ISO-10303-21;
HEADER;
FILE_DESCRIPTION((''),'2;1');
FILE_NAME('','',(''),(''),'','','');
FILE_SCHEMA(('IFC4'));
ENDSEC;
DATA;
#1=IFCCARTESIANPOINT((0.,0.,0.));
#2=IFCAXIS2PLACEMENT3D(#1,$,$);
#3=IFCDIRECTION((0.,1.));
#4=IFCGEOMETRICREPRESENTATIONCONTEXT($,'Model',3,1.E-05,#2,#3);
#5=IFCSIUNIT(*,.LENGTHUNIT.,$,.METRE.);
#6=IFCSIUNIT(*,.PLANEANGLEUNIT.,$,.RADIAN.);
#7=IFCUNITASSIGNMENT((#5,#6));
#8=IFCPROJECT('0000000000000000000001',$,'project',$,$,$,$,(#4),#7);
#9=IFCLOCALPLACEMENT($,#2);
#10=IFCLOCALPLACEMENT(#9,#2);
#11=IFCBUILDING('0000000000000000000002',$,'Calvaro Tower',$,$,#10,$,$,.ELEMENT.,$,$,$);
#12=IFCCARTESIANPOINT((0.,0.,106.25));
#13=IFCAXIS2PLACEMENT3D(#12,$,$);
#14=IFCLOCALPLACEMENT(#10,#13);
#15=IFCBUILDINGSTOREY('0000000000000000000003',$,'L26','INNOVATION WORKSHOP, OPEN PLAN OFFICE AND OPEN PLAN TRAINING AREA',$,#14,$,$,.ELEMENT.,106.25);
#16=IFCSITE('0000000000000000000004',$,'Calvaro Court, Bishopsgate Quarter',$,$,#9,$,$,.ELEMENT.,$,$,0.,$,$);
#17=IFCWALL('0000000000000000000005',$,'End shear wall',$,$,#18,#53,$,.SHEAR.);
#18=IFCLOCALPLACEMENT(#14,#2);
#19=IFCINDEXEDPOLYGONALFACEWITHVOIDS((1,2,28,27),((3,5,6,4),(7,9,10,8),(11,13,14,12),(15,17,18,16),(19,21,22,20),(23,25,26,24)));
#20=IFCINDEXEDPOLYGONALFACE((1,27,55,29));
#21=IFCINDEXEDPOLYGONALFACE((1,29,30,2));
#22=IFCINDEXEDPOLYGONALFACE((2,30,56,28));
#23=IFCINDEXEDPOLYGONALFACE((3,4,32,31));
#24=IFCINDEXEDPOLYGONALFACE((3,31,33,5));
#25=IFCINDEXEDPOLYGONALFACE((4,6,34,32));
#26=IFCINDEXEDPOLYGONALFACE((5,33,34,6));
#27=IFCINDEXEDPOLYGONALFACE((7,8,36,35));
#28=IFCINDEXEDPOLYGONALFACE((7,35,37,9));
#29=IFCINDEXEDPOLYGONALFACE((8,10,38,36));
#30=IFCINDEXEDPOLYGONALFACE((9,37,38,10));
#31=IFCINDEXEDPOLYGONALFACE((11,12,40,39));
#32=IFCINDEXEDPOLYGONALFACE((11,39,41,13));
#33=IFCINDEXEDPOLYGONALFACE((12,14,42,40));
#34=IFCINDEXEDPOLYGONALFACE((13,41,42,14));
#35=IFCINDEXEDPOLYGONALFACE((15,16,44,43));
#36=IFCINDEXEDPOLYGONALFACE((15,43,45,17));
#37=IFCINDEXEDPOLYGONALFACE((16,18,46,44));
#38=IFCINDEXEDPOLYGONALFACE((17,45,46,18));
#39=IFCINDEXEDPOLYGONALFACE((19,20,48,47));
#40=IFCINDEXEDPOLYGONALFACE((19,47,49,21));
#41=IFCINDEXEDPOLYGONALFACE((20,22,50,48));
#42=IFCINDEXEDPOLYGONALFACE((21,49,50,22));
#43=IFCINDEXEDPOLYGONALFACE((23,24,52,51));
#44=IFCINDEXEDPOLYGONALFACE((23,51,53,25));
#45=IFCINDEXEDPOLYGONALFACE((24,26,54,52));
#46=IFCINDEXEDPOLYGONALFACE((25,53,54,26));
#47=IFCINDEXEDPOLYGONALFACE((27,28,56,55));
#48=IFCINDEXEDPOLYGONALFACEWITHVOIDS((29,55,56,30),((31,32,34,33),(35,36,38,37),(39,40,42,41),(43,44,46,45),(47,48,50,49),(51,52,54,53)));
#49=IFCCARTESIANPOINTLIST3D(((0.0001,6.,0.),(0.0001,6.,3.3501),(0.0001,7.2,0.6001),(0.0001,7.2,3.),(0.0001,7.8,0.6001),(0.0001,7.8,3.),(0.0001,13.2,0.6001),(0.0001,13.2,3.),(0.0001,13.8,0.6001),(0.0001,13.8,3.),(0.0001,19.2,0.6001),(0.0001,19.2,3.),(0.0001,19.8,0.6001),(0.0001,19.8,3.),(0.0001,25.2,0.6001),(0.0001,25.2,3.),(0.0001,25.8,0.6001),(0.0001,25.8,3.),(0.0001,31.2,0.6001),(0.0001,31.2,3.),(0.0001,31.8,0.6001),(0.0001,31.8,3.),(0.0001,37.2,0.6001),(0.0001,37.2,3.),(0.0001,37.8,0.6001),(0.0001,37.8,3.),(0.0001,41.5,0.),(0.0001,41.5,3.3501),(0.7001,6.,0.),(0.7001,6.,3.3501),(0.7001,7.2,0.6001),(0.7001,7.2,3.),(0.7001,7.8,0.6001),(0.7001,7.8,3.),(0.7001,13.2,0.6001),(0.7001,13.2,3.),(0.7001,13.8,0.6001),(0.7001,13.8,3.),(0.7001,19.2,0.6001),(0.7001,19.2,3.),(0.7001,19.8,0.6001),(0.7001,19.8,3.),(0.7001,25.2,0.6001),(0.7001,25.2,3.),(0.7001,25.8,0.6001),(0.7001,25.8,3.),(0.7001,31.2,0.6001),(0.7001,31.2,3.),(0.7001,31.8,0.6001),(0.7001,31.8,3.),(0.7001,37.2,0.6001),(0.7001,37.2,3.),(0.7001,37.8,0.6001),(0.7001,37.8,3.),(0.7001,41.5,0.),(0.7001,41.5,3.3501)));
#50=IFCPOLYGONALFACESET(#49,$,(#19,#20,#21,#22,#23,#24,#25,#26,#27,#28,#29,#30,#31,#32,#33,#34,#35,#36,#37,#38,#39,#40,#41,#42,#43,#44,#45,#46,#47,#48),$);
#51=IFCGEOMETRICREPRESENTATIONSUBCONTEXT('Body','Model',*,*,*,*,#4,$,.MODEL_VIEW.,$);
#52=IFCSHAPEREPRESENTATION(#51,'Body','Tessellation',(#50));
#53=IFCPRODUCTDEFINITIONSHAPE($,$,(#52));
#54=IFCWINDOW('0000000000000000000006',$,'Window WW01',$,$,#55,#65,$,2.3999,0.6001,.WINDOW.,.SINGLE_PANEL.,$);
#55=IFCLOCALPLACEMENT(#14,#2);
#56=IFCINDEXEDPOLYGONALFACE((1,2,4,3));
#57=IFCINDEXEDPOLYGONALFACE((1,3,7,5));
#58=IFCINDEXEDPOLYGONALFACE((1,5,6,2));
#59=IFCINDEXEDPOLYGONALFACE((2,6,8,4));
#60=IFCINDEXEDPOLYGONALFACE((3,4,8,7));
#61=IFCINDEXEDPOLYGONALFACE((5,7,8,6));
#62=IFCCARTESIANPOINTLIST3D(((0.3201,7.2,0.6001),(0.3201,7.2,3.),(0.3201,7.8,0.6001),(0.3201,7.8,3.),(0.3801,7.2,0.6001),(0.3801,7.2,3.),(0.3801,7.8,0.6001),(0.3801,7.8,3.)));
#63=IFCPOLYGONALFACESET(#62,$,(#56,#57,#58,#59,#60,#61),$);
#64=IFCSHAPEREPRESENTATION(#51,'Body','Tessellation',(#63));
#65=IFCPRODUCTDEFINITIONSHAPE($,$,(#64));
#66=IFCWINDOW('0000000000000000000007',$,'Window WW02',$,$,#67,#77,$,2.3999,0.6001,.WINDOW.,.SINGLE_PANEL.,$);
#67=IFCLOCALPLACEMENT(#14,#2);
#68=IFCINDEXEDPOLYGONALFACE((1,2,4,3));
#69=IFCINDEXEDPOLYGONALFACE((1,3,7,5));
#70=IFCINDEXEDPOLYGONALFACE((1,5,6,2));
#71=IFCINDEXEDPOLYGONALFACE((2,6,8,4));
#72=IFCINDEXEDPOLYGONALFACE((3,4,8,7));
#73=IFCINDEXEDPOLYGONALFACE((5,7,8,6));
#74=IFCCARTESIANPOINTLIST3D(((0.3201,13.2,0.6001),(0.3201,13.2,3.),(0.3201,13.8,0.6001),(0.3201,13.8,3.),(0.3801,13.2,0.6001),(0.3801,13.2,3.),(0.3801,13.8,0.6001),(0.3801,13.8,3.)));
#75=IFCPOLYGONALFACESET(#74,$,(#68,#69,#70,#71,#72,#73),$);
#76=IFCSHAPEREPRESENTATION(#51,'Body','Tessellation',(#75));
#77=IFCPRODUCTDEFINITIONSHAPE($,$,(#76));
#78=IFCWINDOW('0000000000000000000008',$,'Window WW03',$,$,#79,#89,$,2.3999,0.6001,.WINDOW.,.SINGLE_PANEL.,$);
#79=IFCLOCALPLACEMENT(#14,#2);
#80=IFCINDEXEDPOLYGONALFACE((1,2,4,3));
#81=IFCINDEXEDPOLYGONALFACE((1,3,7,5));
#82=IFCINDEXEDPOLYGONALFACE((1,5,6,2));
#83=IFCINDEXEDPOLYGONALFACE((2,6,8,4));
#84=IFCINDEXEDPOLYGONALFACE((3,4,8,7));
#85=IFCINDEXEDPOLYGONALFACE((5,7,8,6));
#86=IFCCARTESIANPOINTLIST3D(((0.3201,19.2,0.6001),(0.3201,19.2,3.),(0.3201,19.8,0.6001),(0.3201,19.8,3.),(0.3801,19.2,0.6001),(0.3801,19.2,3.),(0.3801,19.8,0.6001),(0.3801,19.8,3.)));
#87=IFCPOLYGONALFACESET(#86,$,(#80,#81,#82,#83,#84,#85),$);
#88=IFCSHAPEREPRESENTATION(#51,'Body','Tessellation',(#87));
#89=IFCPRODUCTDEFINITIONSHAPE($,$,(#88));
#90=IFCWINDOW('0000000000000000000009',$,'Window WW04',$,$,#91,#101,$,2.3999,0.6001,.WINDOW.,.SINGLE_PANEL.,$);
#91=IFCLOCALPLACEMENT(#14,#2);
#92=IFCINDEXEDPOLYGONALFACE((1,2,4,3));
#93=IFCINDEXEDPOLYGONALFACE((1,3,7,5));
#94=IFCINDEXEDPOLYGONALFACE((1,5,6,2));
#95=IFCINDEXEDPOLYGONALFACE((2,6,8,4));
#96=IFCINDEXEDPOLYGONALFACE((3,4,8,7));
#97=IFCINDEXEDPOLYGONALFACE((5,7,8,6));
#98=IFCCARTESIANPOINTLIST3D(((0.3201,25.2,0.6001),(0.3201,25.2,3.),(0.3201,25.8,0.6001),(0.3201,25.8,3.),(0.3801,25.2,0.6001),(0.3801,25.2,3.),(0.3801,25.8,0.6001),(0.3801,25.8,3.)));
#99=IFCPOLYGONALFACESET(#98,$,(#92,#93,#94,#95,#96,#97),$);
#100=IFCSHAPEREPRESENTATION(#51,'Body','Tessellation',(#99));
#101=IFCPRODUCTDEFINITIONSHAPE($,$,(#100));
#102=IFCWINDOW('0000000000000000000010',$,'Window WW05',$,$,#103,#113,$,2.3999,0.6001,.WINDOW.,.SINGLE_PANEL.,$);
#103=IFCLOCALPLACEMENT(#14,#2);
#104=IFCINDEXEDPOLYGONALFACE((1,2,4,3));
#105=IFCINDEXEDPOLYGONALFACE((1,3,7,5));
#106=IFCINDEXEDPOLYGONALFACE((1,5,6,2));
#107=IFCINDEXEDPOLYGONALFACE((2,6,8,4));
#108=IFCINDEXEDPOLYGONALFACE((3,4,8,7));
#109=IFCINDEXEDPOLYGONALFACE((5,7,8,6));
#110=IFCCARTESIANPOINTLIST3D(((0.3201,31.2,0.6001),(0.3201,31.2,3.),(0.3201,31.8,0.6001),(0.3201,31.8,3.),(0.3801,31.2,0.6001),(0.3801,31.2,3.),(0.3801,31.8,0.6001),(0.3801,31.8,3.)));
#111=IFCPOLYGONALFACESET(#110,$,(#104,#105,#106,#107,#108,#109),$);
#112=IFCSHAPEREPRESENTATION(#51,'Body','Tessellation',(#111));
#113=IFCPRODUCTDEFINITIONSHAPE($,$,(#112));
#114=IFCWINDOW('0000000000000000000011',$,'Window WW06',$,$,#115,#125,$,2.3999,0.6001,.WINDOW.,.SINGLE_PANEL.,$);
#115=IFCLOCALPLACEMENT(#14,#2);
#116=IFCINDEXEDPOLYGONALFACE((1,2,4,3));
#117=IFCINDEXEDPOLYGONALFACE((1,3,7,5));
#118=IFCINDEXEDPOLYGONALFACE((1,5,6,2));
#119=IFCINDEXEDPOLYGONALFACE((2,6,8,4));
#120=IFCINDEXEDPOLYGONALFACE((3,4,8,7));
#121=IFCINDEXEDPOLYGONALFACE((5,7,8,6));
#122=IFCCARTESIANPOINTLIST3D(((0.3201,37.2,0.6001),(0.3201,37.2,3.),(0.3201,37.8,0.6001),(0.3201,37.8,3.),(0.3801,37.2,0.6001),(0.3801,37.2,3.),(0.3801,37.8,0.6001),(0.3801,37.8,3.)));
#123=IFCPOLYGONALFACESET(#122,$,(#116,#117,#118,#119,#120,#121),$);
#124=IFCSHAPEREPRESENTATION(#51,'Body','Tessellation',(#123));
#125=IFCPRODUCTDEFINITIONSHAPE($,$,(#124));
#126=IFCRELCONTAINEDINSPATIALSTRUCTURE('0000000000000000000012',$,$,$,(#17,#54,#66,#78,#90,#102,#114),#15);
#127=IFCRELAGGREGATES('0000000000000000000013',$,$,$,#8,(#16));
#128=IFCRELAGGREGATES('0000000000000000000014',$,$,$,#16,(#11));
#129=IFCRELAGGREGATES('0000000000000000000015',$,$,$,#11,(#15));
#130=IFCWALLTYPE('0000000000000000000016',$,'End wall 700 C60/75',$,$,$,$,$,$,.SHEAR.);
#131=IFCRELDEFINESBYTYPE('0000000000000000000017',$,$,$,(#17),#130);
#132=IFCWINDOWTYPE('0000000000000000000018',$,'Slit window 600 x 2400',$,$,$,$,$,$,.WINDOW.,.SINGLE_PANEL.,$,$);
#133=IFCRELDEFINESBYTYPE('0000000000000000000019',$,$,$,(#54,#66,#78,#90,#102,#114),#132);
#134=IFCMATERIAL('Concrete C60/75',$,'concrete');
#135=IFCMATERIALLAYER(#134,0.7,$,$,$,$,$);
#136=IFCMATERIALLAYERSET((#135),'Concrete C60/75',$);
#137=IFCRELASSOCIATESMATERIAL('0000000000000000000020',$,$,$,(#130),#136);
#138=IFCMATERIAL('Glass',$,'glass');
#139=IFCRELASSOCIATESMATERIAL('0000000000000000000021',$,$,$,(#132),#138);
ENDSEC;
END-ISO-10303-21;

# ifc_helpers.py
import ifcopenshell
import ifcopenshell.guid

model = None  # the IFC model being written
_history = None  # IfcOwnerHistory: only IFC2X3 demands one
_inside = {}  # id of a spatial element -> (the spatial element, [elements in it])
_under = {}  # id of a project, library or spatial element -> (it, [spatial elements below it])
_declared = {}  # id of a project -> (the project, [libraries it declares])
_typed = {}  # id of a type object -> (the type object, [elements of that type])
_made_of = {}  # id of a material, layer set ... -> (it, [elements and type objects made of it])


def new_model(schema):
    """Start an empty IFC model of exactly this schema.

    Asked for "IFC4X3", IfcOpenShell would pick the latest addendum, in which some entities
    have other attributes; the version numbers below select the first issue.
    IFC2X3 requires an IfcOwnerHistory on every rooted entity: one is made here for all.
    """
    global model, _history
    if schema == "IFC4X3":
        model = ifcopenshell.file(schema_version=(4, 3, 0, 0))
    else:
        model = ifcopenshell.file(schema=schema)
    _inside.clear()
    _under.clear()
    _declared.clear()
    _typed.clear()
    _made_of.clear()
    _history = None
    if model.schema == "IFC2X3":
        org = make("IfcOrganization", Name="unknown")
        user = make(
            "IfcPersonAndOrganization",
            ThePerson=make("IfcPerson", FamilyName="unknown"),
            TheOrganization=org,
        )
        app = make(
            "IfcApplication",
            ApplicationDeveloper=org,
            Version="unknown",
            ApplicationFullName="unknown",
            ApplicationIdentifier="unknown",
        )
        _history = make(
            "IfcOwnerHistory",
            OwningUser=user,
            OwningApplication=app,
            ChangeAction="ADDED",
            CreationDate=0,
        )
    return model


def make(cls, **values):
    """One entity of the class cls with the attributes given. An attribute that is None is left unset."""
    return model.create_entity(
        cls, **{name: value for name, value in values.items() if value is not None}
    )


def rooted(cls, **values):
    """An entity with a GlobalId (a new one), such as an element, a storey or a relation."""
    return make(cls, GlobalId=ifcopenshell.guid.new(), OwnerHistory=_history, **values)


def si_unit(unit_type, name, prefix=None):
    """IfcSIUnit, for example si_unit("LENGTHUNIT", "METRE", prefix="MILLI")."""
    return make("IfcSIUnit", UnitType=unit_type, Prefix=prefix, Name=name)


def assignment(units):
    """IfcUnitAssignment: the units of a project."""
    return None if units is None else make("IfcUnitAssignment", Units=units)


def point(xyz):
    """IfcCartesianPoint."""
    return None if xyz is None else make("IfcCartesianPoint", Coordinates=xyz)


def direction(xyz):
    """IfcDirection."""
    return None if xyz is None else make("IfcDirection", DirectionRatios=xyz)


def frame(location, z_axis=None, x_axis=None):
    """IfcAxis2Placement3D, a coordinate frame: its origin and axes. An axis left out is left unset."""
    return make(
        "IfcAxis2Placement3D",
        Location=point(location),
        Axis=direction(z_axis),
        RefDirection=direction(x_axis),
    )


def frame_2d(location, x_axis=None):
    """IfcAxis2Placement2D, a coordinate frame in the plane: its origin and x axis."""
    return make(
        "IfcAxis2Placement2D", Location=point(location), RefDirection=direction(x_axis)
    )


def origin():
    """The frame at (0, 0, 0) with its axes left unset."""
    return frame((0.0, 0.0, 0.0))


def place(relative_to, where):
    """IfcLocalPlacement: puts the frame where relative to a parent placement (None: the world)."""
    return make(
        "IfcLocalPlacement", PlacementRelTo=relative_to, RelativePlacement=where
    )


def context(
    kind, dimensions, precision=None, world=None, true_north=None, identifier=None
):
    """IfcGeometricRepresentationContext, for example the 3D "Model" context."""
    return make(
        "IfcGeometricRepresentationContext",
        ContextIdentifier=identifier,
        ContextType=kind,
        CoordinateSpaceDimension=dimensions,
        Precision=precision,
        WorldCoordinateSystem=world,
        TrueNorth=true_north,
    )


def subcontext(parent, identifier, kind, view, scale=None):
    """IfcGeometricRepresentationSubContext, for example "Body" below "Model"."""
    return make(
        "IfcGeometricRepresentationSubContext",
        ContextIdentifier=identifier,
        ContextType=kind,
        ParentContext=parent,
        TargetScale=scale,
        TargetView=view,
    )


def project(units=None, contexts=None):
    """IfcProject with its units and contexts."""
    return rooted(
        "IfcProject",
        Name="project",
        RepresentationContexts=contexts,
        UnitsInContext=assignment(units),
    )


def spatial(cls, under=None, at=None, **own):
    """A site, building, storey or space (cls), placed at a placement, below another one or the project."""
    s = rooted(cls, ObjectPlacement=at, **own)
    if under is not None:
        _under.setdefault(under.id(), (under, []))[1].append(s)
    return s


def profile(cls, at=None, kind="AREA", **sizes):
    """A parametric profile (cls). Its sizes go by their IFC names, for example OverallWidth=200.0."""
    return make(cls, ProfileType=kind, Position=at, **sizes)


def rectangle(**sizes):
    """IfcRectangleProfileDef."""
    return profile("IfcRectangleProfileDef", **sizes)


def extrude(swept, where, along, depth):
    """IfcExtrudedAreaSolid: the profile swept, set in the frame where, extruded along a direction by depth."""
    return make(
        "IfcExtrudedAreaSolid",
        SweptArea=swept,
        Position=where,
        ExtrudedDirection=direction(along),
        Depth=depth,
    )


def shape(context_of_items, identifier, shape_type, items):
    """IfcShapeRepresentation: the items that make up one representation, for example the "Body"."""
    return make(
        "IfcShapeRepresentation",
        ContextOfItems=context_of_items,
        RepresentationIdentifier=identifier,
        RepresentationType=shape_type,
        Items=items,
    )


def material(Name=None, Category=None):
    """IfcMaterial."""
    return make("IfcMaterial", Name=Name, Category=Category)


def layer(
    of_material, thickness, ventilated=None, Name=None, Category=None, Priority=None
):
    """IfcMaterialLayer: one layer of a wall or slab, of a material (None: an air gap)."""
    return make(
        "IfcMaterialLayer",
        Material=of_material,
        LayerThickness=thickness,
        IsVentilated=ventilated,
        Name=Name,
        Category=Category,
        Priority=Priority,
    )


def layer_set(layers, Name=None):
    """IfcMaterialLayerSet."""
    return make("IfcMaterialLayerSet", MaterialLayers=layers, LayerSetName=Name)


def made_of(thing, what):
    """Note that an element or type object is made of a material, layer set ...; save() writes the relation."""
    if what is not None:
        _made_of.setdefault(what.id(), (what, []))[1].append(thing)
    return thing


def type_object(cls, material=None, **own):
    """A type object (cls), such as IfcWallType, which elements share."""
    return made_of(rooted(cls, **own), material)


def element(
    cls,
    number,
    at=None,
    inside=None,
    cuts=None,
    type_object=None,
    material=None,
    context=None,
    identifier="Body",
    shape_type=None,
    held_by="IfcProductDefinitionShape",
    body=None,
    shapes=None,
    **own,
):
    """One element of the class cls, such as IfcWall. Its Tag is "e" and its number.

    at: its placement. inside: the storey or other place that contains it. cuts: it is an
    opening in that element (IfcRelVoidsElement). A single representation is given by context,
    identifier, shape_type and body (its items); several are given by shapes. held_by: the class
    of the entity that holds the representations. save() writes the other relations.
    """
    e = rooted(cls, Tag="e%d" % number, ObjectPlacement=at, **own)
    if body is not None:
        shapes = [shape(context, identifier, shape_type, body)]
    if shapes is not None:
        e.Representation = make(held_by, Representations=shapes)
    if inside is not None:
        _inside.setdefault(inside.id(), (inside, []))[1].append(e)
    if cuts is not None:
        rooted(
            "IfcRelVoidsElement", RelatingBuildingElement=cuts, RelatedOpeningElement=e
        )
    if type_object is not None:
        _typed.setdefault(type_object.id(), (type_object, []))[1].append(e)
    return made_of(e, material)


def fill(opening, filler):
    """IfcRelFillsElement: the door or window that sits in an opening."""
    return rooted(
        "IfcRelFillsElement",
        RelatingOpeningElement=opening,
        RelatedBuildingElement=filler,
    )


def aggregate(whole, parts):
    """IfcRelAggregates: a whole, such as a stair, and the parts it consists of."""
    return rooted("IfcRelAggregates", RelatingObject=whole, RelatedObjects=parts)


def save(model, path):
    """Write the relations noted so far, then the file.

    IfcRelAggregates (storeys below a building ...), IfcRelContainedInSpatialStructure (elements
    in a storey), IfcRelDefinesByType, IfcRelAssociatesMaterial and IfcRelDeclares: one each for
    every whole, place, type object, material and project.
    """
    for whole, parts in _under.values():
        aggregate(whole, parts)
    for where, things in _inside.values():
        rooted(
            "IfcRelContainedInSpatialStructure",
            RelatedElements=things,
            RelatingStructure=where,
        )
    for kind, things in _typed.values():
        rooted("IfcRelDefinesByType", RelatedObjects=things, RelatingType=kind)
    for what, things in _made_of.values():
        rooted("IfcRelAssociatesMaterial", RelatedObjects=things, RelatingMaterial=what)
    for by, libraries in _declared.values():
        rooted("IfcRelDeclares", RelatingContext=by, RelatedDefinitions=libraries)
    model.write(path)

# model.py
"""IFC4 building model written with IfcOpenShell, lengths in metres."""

from ifc_helpers import new_model, si_unit, direction, frame, frame_2d, origin, place, context, subcontext, project, spatial, rectangle, extrude, material, layer, layer_set, type_object, element, fill, save


model = new_model("IFC4")

# Units and contexts
model_context = context("Model", 3, precision=1e-05, world=origin(), true_north=direction((0.0, 1.0)))
body_context = subcontext(model_context, "Body", "Model", "MODEL_VIEW")
ifc_project = project(units=[si_unit("LENGTHUNIT", "METRE"), si_unit("PLANEANGLEUNIT", "RADIAN")], contexts=[model_context])

# Site, building, storey
site_placement = place(None, origin())
site = spatial("IfcSite", under=ifc_project, at=site_placement, Name="Calvaro Court, Bishopsgate Quarter", CompositionType="ELEMENT", RefElevation=0.0)
building_placement = place(site_placement, origin())
building = spatial("IfcBuilding", under=site, at=building_placement, Name="Calvaro Tower", CompositionType="ELEMENT")
storey_placement = place(building_placement, frame((0.0, 0.0, 106.25)))
storey = spatial("IfcBuildingStorey", under=building, at=storey_placement, Name="L26", Description="INNOVATION WORKSHOP, OPEN PLAN OFFICE AND OPEN PLAN TRAINING AREA", CompositionType="ELEMENT", Elevation=106.25)

# Wall, openings, windows
ifc_material_1 = material(Name="Concrete C60/75", Category="concrete")
ifc_layer_1 = layer(ifc_material_1, 0.7)
ifc_layer_set_1 = layer_set([ifc_layer_1], Name="Concrete C60/75")
wall_type = type_object("IfcWallType", Name="End wall 700 C60/75", PredefinedType="SHEAR", material=ifc_layer_set_1)
wall_placement = place(storey_placement, frame((0.3501, 6.0, 0.0), z_axis=(0.0, 0.0, 1.0), x_axis=(0.0, 1.0, 0.0)))
wall = element("IfcWall", 1, at=wall_placement, inside=storey, type_object=wall_type, Name="End shear wall", PredefinedType="SHEAR", context=body_context, shape_type="SweptSolid", body=[
    extrude(rectangle(XDim=35.5, YDim=0.7, at=frame_2d((17.75, 0.0))), origin(), (0.0, 0.0, 1.0), 3.3501),
])
opening_1_placement = place(wall_placement, frame((1.2, 0.0, 0.6001)))
opening_1 = element("IfcOpeningElement", 2, at=opening_1_placement, cuts=wall, PredefinedType="OPENING", context=body_context, shape_type="SweptSolid", body=[
    extrude(rectangle(XDim=0.6001, YDim=2.3999, at=frame_2d((0.3, 1.2))), frame((0.0, 0.3599, 0.0), z_axis=(0.0, -1.0, 0.0), x_axis=(1.0, 0.0, 0.0)), (0.0, 0.0, 1.0), 0.72),
])
opening_2_placement = place(wall_placement, frame((7.2, 0.0, 0.6001)))
opening_2 = element("IfcOpeningElement", 3, at=opening_2_placement, cuts=wall, PredefinedType="OPENING", context=body_context, shape_type="SweptSolid", body=[
    extrude(rectangle(XDim=0.6001, YDim=2.3999, at=frame_2d((0.3, 1.2))), frame((0.0, 0.3599, 0.0), z_axis=(0.0, -1.0, 0.0), x_axis=(1.0, 0.0, 0.0)), (0.0, 0.0, 1.0), 0.72),
])
opening_3_placement = place(wall_placement, frame((13.2, 0.0, 0.6001)))
opening_3 = element("IfcOpeningElement", 4, at=opening_3_placement, cuts=wall, PredefinedType="OPENING", context=body_context, shape_type="SweptSolid", body=[
    extrude(rectangle(XDim=0.6001, YDim=2.3999, at=frame_2d((0.3, 1.2))), frame((0.0, 0.3599, 0.0), z_axis=(0.0, -1.0, 0.0), x_axis=(1.0, 0.0, 0.0)), (0.0, 0.0, 1.0), 0.72),
])
opening_4_placement = place(wall_placement, frame((19.2, 0.0, 0.6001)))
opening_4 = element("IfcOpeningElement", 5, at=opening_4_placement, cuts=wall, PredefinedType="OPENING", context=body_context, shape_type="SweptSolid", body=[
    extrude(rectangle(XDim=0.6001, YDim=2.3999, at=frame_2d((0.3, 1.2))), frame((0.0, 0.3599, 0.0), z_axis=(0.0, -1.0, 0.0), x_axis=(1.0, 0.0, 0.0)), (0.0, 0.0, 1.0), 0.72),
])
opening_5_placement = place(wall_placement, frame((25.2, 0.0, 0.6001)))
opening_5 = element("IfcOpeningElement", 6, at=opening_5_placement, cuts=wall, PredefinedType="OPENING", context=body_context, shape_type="SweptSolid", body=[
    extrude(rectangle(XDim=0.6001, YDim=2.3999, at=frame_2d((0.3, 1.2))), frame((0.0, 0.3599, 0.0), z_axis=(0.0, -1.0, 0.0), x_axis=(1.0, 0.0, 0.0)), (0.0, 0.0, 1.0), 0.72),
])
opening_6_placement = place(wall_placement, frame((31.2, 0.0, 0.6001)))
opening_6 = element("IfcOpeningElement", 7, at=opening_6_placement, cuts=wall, PredefinedType="OPENING", context=body_context, shape_type="SweptSolid", body=[
    extrude(rectangle(XDim=0.6001, YDim=2.3999, at=frame_2d((0.3, 1.2))), frame((0.0, 0.3599, 0.0), z_axis=(0.0, -1.0, 0.0), x_axis=(1.0, 0.0, 0.0)), (0.0, 0.0, 1.0), 0.72),
])
ifc_material_2 = material(Name="Glass", Category="glass")
window_type = type_object("IfcWindowType", Name="Slit window 600 x 2400", PartitioningType="SINGLE_PANEL", PredefinedType="WINDOW", material=ifc_material_2)
window_1_placement = place(opening_1_placement, origin())
window_1 = element("IfcWindow", 8, at=window_1_placement, inside=storey, type_object=window_type, Name="Window WW01", OverallHeight=2.3999, OverallWidth=0.6001, PartitioningType="SINGLE_PANEL", PredefinedType="WINDOW", context=body_context, shape_type="SweptSolid", body=[
    extrude(rectangle(XDim=0.6001, YDim=2.3999, at=frame_2d((0.3, 1.2))), frame((0.0, 0.03, 0.0), z_axis=(0.0, -1.0, 0.0), x_axis=(1.0, 0.0, 0.0)), (0.0, 0.0, 1.0), 0.0601),
])
fill(opening_1, window_1)
window_2_placement = place(opening_2_placement, origin())
window_2 = element("IfcWindow", 9, at=window_2_placement, inside=storey, type_object=window_type, Name="Window WW02", OverallHeight=2.3999, OverallWidth=0.6001, PartitioningType="SINGLE_PANEL", PredefinedType="WINDOW", context=body_context, shape_type="SweptSolid", body=[
    extrude(rectangle(XDim=0.6001, YDim=2.3999, at=frame_2d((0.3, 1.2))), frame((0.0, 0.03, 0.0), z_axis=(0.0, -1.0, 0.0), x_axis=(1.0, 0.0, 0.0)), (0.0, 0.0, 1.0), 0.0601),
])
fill(opening_2, window_2)
window_3_placement = place(opening_3_placement, origin())
window_3 = element("IfcWindow", 10, at=window_3_placement, inside=storey, type_object=window_type, Name="Window WW03", OverallHeight=2.3999, OverallWidth=0.6001, PartitioningType="SINGLE_PANEL", PredefinedType="WINDOW", context=body_context, shape_type="SweptSolid", body=[
    extrude(rectangle(XDim=0.6001, YDim=2.3999, at=frame_2d((0.3, 1.2))), frame((0.0, 0.03, 0.0), z_axis=(0.0, -1.0, 0.0), x_axis=(1.0, 0.0, 0.0)), (0.0, 0.0, 1.0), 0.0601),
])
fill(opening_3, window_3)
window_4_placement = place(opening_4_placement, origin())
window_4 = element("IfcWindow", 11, at=window_4_placement, inside=storey, type_object=window_type, Name="Window WW04", OverallHeight=2.3999, OverallWidth=0.6001, PartitioningType="SINGLE_PANEL", PredefinedType="WINDOW", context=body_context, shape_type="SweptSolid", body=[
    extrude(rectangle(XDim=0.6001, YDim=2.3999, at=frame_2d((0.3, 1.2))), frame((0.0, 0.03, 0.0), z_axis=(0.0, -1.0, 0.0), x_axis=(1.0, 0.0, 0.0)), (0.0, 0.0, 1.0), 0.0601),
])
fill(opening_4, window_4)
window_5_placement = place(opening_5_placement, origin())
window_5 = element("IfcWindow", 12, at=window_5_placement, inside=storey, type_object=window_type, Name="Window WW05", OverallHeight=2.3999, OverallWidth=0.6001, PartitioningType="SINGLE_PANEL", PredefinedType="WINDOW", context=body_context, shape_type="SweptSolid", body=[
    extrude(rectangle(XDim=0.6001, YDim=2.3999, at=frame_2d((0.3, 1.2))), frame((0.0, 0.03, 0.0), z_axis=(0.0, -1.0, 0.0), x_axis=(1.0, 0.0, 0.0)), (0.0, 0.0, 1.0), 0.0601),
])
fill(opening_5, window_5)
window_6_placement = place(opening_6_placement, origin())
window_6 = element("IfcWindow", 13, at=window_6_placement, inside=storey, type_object=window_type, Name="Window WW06", OverallHeight=2.3999, OverallWidth=0.6001, PartitioningType="SINGLE_PANEL", PredefinedType="WINDOW", context=body_context, shape_type="SweptSolid", body=[
    extrude(rectangle(XDim=0.6001, YDim=2.3999, at=frame_2d((0.3, 1.2))), frame((0.0, 0.03, 0.0), z_axis=(0.0, -1.0, 0.0), x_axis=(1.0, 0.0, 0.0)), (0.0, 0.0, 1.0), 0.0601),
])
fill(opening_6, window_6)

save(model, "model.ifc")
